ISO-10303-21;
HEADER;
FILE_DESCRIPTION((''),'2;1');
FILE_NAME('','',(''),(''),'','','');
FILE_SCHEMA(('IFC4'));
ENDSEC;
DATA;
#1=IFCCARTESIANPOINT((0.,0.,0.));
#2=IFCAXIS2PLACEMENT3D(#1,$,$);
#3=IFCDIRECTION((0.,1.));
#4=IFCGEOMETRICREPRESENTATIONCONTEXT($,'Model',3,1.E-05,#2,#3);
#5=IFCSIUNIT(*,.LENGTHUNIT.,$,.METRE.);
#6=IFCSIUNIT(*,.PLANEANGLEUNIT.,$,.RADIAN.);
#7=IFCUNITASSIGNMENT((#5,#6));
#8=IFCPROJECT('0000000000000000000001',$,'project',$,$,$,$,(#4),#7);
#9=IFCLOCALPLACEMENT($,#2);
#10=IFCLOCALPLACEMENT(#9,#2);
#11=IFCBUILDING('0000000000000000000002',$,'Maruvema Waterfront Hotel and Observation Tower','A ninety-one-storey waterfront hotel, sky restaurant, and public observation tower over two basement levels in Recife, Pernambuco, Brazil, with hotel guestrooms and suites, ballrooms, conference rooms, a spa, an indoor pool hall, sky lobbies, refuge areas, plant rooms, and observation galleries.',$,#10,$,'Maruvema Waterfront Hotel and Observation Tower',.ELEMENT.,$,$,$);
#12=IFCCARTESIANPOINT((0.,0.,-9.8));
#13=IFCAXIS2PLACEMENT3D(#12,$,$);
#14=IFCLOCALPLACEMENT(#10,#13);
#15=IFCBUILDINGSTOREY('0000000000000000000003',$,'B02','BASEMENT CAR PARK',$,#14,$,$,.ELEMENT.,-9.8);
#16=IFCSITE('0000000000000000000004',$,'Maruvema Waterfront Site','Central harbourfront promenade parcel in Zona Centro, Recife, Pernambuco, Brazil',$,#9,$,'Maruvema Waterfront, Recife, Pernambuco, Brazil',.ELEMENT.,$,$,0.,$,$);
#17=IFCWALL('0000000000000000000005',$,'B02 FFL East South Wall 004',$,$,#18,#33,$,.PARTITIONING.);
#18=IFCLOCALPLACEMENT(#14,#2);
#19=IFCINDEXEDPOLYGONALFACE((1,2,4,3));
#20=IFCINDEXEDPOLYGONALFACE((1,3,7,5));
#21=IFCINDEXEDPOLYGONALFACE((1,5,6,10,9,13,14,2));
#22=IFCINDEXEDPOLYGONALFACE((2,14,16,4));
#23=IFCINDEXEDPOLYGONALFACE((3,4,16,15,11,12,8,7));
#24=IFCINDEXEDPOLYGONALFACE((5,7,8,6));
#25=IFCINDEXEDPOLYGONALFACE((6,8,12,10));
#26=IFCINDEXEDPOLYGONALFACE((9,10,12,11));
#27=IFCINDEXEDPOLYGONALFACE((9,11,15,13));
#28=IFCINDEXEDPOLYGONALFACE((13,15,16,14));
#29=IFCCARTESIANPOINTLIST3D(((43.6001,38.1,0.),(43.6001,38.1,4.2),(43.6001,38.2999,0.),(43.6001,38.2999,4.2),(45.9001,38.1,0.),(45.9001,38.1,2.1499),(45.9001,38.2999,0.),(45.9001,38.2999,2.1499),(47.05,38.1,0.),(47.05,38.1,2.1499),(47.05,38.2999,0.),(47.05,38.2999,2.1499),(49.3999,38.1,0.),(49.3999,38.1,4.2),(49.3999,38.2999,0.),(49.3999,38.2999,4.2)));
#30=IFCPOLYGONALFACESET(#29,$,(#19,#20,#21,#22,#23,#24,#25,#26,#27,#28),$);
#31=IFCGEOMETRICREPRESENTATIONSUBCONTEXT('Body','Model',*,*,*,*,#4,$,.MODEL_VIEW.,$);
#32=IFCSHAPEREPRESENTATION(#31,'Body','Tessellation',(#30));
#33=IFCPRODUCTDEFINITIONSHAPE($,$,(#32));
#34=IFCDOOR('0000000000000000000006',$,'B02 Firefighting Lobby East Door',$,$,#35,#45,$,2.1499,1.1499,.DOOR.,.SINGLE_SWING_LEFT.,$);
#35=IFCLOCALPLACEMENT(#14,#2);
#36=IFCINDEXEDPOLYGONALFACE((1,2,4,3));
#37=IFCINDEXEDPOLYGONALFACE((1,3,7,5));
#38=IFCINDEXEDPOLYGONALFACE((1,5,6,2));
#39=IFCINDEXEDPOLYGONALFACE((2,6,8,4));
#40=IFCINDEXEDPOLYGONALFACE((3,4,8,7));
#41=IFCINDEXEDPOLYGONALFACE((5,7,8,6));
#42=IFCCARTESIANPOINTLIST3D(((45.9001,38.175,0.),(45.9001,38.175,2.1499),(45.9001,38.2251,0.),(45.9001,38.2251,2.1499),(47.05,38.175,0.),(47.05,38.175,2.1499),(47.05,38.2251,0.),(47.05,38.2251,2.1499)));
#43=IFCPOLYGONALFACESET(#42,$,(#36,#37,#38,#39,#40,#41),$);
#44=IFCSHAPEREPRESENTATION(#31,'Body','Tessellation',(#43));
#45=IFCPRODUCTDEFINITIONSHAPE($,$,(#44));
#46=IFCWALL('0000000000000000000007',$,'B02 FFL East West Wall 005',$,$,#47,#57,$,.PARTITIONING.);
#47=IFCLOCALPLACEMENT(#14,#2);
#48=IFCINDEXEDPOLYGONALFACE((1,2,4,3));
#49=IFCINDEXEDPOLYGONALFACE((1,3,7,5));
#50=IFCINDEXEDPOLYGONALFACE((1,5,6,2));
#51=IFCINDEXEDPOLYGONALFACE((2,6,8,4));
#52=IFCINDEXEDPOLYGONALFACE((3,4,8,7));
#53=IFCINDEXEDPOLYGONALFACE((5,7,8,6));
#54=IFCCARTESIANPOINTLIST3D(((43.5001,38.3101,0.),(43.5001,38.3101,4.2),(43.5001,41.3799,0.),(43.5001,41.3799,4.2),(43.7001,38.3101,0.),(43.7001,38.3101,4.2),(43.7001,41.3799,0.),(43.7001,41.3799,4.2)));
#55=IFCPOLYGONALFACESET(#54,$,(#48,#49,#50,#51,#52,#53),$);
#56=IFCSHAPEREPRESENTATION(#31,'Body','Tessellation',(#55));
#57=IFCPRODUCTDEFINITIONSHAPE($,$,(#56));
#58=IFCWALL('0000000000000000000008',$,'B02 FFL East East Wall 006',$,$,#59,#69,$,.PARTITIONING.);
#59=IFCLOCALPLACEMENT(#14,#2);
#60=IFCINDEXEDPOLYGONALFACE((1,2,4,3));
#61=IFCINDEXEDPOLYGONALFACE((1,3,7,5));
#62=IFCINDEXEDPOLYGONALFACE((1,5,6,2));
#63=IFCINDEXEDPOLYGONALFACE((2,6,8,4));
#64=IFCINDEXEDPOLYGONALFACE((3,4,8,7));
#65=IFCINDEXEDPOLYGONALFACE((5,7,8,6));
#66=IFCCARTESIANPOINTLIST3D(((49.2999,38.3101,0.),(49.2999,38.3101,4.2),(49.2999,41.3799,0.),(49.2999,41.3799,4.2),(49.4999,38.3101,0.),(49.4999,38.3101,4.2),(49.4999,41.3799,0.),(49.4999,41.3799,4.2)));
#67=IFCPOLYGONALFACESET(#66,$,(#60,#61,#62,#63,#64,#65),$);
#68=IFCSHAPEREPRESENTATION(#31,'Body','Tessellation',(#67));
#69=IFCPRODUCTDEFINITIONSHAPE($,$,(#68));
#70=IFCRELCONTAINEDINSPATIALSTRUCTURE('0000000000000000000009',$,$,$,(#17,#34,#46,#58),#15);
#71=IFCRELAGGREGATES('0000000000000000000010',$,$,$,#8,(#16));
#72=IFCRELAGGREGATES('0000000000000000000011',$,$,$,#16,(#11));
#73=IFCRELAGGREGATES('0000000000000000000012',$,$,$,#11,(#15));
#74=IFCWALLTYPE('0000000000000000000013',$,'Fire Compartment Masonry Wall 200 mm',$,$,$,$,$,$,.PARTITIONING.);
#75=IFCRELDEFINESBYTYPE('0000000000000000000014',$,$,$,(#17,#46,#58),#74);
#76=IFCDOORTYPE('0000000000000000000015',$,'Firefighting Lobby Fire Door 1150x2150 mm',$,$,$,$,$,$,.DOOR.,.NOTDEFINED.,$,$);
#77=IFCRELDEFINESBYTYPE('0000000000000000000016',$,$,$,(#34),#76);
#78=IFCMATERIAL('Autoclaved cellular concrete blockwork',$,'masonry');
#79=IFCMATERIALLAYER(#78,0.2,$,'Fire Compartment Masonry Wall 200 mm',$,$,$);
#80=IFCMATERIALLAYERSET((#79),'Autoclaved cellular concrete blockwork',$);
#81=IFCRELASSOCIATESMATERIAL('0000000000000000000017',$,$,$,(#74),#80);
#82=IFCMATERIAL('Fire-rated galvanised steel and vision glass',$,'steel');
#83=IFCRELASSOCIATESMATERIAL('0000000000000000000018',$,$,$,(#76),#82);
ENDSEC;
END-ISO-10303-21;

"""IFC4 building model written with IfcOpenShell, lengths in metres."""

from ifc_helpers import new_model, si_unit, direction, frame, frame_2d, origin, place, context, subcontext, project, spatial, rectangle, extrude, material, layer, layer_set, type_object, element, fill, save


model = new_model("IFC4")

# Units and contexts
model_context = context("Model", 3, precision=1e-05, world=origin(), true_north=direction((0.0, 1.0)))
body_context = subcontext(model_context, "Body", "Model", "MODEL_VIEW")
ifc_project = project(units=[si_unit("LENGTHUNIT", "METRE"), si_unit("PLANEANGLEUNIT", "RADIAN")], contexts=[model_context])

# Site, building, storey
site_placement = place(None, origin())
site = spatial("IfcSite", under=ifc_project, at=site_placement, Name="Maruvema Waterfront Site", Description="Central harbourfront promenade parcel in Zona Centro, Recife, Pernambuco, Brazil", LongName="Maruvema Waterfront, Recife, Pernambuco, Brazil", CompositionType="ELEMENT", RefElevation=0.0)
building_placement = place(site_placement, origin())
building = spatial("IfcBuilding", under=site, at=building_placement, Name="Maruvema Waterfront Hotel and Observation Tower", Description="A ninety-one-storey waterfront hotel, sky restaurant, and public observation tower over two basement levels in Recife, Pernambuco, Brazil, with hotel guestrooms and suites, ballrooms, conference rooms, a spa, an indoor pool hall, sky lobbies, refuge areas, plant rooms, and observation galleries.", LongName="Maruvema Waterfront Hotel and Observation Tower", CompositionType="ELEMENT")
storey_placement = place(building_placement, frame((0.0, 0.0, -9.8)))
storey = spatial("IfcBuildingStorey", under=building, at=storey_placement, Name="B02", Description="BASEMENT CAR PARK", CompositionType="ELEMENT", Elevation=-9.8)

# Wall, opening, door
ifc_material_1 = material(Name="Autoclaved cellular concrete blockwork", Category="masonry")
ifc_layer_1 = layer(ifc_material_1, 0.2, Name="Fire Compartment Masonry Wall 200 mm")
ifc_layer_set_1 = layer_set([ifc_layer_1], Name="Autoclaved cellular concrete blockwork")
wall_type_1 = type_object("IfcWallType", Name="Fire Compartment Masonry Wall 200 mm", PredefinedType="PARTITIONING", material=ifc_layer_set_1)
wall_1_placement = place(storey_placement, frame((43.6001, 38.2, 0.0), z_axis=(0.0, 0.0, 1.0), x_axis=(1.0, 0.0, 0.0)))
wall_1 = element("IfcWall", 1, at=wall_1_placement, inside=storey, type_object=wall_type_1, Name="B02 FFL East South Wall 004", PredefinedType="PARTITIONING", context=body_context, shape_type="SweptSolid", body=[
    extrude(rectangle(XDim=5.7998, YDim=0.2, at=frame_2d((2.8999, 0.0))), origin(), (0.0, 0.0, 1.0), 4.2),
])
opening_1_placement = place(wall_1_placement, frame((2.3, 0.0, 0.0)))
opening_1 = element("IfcOpeningElement", 2, at=opening_1_placement, cuts=wall_1, PredefinedType="OPENING", context=body_context, shape_type="SweptSolid", body=[
    extrude(rectangle(XDim=1.1499, YDim=2.1499, at=frame_2d((0.575, 1.075))), frame((0.0, 0.1099, 0.0), z_axis=(0.0, -1.0, 0.0), x_axis=(1.0, 0.0, 0.0)), (0.0, 0.0, 1.0), 0.22),
])
ifc_material_2 = material(Name="Fire-rated galvanised steel and vision glass", Category="steel")
door_type_1 = type_object("IfcDoorType", Name="Firefighting Lobby Fire Door 1150x2150 mm", OperationType="NOTDEFINED", PredefinedType="DOOR", material=ifc_material_2)
door_1_placement = place(opening_1_placement, frame((1.1499, 0.0, 0.0), z_axis=(0.0, 0.0, 1.0), x_axis=(-1.0, 0.0, 0.0)))
door_1 = element("IfcDoor", 3, at=door_1_placement, inside=storey, type_object=door_type_1, Name="B02 Firefighting Lobby East Door", OperationType="SINGLE_SWING_LEFT", OverallHeight=2.1499, OverallWidth=1.1499, PredefinedType="DOOR", context=body_context, shape_type="SweptSolid", body=[
    extrude(rectangle(XDim=1.1499, YDim=2.1499, at=frame_2d((0.575, 1.075))), frame((0.0, 0.0249, 0.0), z_axis=(0.0, -1.0, 0.0), x_axis=(1.0, 0.0, 0.0)), (0.0, 0.0, 1.0), 0.05),
])
fill(opening_1, door_1)

# Walls
for number, where, z_axis, x_axis, name in (
    (4, (43.6001, 38.3101, 0.0), (0.0, 0.0, 1.0), (0.0, 1.0, 0.0), "B02 FFL East West Wall 005"),
    (5, (49.3999, 38.3101, 0.0), (0.0, 0.0, 1.0), (0.0, 1.0, 0.0), "B02 FFL East East Wall 006"),
):
    element("IfcWall", number, at=place(storey_placement, frame(where, z_axis=z_axis, x_axis=x_axis)), inside=storey, type_object=wall_type_1, Name=name, PredefinedType="PARTITIONING", context=body_context, shape_type="SweptSolid", body=[
        extrude(rectangle(XDim=3.0698, YDim=0.2, at=frame_2d((1.5349, 0.0))), origin(), (0.0, 0.0, 1.0), 4.2),
    ])

save(model, "model.ifc")
